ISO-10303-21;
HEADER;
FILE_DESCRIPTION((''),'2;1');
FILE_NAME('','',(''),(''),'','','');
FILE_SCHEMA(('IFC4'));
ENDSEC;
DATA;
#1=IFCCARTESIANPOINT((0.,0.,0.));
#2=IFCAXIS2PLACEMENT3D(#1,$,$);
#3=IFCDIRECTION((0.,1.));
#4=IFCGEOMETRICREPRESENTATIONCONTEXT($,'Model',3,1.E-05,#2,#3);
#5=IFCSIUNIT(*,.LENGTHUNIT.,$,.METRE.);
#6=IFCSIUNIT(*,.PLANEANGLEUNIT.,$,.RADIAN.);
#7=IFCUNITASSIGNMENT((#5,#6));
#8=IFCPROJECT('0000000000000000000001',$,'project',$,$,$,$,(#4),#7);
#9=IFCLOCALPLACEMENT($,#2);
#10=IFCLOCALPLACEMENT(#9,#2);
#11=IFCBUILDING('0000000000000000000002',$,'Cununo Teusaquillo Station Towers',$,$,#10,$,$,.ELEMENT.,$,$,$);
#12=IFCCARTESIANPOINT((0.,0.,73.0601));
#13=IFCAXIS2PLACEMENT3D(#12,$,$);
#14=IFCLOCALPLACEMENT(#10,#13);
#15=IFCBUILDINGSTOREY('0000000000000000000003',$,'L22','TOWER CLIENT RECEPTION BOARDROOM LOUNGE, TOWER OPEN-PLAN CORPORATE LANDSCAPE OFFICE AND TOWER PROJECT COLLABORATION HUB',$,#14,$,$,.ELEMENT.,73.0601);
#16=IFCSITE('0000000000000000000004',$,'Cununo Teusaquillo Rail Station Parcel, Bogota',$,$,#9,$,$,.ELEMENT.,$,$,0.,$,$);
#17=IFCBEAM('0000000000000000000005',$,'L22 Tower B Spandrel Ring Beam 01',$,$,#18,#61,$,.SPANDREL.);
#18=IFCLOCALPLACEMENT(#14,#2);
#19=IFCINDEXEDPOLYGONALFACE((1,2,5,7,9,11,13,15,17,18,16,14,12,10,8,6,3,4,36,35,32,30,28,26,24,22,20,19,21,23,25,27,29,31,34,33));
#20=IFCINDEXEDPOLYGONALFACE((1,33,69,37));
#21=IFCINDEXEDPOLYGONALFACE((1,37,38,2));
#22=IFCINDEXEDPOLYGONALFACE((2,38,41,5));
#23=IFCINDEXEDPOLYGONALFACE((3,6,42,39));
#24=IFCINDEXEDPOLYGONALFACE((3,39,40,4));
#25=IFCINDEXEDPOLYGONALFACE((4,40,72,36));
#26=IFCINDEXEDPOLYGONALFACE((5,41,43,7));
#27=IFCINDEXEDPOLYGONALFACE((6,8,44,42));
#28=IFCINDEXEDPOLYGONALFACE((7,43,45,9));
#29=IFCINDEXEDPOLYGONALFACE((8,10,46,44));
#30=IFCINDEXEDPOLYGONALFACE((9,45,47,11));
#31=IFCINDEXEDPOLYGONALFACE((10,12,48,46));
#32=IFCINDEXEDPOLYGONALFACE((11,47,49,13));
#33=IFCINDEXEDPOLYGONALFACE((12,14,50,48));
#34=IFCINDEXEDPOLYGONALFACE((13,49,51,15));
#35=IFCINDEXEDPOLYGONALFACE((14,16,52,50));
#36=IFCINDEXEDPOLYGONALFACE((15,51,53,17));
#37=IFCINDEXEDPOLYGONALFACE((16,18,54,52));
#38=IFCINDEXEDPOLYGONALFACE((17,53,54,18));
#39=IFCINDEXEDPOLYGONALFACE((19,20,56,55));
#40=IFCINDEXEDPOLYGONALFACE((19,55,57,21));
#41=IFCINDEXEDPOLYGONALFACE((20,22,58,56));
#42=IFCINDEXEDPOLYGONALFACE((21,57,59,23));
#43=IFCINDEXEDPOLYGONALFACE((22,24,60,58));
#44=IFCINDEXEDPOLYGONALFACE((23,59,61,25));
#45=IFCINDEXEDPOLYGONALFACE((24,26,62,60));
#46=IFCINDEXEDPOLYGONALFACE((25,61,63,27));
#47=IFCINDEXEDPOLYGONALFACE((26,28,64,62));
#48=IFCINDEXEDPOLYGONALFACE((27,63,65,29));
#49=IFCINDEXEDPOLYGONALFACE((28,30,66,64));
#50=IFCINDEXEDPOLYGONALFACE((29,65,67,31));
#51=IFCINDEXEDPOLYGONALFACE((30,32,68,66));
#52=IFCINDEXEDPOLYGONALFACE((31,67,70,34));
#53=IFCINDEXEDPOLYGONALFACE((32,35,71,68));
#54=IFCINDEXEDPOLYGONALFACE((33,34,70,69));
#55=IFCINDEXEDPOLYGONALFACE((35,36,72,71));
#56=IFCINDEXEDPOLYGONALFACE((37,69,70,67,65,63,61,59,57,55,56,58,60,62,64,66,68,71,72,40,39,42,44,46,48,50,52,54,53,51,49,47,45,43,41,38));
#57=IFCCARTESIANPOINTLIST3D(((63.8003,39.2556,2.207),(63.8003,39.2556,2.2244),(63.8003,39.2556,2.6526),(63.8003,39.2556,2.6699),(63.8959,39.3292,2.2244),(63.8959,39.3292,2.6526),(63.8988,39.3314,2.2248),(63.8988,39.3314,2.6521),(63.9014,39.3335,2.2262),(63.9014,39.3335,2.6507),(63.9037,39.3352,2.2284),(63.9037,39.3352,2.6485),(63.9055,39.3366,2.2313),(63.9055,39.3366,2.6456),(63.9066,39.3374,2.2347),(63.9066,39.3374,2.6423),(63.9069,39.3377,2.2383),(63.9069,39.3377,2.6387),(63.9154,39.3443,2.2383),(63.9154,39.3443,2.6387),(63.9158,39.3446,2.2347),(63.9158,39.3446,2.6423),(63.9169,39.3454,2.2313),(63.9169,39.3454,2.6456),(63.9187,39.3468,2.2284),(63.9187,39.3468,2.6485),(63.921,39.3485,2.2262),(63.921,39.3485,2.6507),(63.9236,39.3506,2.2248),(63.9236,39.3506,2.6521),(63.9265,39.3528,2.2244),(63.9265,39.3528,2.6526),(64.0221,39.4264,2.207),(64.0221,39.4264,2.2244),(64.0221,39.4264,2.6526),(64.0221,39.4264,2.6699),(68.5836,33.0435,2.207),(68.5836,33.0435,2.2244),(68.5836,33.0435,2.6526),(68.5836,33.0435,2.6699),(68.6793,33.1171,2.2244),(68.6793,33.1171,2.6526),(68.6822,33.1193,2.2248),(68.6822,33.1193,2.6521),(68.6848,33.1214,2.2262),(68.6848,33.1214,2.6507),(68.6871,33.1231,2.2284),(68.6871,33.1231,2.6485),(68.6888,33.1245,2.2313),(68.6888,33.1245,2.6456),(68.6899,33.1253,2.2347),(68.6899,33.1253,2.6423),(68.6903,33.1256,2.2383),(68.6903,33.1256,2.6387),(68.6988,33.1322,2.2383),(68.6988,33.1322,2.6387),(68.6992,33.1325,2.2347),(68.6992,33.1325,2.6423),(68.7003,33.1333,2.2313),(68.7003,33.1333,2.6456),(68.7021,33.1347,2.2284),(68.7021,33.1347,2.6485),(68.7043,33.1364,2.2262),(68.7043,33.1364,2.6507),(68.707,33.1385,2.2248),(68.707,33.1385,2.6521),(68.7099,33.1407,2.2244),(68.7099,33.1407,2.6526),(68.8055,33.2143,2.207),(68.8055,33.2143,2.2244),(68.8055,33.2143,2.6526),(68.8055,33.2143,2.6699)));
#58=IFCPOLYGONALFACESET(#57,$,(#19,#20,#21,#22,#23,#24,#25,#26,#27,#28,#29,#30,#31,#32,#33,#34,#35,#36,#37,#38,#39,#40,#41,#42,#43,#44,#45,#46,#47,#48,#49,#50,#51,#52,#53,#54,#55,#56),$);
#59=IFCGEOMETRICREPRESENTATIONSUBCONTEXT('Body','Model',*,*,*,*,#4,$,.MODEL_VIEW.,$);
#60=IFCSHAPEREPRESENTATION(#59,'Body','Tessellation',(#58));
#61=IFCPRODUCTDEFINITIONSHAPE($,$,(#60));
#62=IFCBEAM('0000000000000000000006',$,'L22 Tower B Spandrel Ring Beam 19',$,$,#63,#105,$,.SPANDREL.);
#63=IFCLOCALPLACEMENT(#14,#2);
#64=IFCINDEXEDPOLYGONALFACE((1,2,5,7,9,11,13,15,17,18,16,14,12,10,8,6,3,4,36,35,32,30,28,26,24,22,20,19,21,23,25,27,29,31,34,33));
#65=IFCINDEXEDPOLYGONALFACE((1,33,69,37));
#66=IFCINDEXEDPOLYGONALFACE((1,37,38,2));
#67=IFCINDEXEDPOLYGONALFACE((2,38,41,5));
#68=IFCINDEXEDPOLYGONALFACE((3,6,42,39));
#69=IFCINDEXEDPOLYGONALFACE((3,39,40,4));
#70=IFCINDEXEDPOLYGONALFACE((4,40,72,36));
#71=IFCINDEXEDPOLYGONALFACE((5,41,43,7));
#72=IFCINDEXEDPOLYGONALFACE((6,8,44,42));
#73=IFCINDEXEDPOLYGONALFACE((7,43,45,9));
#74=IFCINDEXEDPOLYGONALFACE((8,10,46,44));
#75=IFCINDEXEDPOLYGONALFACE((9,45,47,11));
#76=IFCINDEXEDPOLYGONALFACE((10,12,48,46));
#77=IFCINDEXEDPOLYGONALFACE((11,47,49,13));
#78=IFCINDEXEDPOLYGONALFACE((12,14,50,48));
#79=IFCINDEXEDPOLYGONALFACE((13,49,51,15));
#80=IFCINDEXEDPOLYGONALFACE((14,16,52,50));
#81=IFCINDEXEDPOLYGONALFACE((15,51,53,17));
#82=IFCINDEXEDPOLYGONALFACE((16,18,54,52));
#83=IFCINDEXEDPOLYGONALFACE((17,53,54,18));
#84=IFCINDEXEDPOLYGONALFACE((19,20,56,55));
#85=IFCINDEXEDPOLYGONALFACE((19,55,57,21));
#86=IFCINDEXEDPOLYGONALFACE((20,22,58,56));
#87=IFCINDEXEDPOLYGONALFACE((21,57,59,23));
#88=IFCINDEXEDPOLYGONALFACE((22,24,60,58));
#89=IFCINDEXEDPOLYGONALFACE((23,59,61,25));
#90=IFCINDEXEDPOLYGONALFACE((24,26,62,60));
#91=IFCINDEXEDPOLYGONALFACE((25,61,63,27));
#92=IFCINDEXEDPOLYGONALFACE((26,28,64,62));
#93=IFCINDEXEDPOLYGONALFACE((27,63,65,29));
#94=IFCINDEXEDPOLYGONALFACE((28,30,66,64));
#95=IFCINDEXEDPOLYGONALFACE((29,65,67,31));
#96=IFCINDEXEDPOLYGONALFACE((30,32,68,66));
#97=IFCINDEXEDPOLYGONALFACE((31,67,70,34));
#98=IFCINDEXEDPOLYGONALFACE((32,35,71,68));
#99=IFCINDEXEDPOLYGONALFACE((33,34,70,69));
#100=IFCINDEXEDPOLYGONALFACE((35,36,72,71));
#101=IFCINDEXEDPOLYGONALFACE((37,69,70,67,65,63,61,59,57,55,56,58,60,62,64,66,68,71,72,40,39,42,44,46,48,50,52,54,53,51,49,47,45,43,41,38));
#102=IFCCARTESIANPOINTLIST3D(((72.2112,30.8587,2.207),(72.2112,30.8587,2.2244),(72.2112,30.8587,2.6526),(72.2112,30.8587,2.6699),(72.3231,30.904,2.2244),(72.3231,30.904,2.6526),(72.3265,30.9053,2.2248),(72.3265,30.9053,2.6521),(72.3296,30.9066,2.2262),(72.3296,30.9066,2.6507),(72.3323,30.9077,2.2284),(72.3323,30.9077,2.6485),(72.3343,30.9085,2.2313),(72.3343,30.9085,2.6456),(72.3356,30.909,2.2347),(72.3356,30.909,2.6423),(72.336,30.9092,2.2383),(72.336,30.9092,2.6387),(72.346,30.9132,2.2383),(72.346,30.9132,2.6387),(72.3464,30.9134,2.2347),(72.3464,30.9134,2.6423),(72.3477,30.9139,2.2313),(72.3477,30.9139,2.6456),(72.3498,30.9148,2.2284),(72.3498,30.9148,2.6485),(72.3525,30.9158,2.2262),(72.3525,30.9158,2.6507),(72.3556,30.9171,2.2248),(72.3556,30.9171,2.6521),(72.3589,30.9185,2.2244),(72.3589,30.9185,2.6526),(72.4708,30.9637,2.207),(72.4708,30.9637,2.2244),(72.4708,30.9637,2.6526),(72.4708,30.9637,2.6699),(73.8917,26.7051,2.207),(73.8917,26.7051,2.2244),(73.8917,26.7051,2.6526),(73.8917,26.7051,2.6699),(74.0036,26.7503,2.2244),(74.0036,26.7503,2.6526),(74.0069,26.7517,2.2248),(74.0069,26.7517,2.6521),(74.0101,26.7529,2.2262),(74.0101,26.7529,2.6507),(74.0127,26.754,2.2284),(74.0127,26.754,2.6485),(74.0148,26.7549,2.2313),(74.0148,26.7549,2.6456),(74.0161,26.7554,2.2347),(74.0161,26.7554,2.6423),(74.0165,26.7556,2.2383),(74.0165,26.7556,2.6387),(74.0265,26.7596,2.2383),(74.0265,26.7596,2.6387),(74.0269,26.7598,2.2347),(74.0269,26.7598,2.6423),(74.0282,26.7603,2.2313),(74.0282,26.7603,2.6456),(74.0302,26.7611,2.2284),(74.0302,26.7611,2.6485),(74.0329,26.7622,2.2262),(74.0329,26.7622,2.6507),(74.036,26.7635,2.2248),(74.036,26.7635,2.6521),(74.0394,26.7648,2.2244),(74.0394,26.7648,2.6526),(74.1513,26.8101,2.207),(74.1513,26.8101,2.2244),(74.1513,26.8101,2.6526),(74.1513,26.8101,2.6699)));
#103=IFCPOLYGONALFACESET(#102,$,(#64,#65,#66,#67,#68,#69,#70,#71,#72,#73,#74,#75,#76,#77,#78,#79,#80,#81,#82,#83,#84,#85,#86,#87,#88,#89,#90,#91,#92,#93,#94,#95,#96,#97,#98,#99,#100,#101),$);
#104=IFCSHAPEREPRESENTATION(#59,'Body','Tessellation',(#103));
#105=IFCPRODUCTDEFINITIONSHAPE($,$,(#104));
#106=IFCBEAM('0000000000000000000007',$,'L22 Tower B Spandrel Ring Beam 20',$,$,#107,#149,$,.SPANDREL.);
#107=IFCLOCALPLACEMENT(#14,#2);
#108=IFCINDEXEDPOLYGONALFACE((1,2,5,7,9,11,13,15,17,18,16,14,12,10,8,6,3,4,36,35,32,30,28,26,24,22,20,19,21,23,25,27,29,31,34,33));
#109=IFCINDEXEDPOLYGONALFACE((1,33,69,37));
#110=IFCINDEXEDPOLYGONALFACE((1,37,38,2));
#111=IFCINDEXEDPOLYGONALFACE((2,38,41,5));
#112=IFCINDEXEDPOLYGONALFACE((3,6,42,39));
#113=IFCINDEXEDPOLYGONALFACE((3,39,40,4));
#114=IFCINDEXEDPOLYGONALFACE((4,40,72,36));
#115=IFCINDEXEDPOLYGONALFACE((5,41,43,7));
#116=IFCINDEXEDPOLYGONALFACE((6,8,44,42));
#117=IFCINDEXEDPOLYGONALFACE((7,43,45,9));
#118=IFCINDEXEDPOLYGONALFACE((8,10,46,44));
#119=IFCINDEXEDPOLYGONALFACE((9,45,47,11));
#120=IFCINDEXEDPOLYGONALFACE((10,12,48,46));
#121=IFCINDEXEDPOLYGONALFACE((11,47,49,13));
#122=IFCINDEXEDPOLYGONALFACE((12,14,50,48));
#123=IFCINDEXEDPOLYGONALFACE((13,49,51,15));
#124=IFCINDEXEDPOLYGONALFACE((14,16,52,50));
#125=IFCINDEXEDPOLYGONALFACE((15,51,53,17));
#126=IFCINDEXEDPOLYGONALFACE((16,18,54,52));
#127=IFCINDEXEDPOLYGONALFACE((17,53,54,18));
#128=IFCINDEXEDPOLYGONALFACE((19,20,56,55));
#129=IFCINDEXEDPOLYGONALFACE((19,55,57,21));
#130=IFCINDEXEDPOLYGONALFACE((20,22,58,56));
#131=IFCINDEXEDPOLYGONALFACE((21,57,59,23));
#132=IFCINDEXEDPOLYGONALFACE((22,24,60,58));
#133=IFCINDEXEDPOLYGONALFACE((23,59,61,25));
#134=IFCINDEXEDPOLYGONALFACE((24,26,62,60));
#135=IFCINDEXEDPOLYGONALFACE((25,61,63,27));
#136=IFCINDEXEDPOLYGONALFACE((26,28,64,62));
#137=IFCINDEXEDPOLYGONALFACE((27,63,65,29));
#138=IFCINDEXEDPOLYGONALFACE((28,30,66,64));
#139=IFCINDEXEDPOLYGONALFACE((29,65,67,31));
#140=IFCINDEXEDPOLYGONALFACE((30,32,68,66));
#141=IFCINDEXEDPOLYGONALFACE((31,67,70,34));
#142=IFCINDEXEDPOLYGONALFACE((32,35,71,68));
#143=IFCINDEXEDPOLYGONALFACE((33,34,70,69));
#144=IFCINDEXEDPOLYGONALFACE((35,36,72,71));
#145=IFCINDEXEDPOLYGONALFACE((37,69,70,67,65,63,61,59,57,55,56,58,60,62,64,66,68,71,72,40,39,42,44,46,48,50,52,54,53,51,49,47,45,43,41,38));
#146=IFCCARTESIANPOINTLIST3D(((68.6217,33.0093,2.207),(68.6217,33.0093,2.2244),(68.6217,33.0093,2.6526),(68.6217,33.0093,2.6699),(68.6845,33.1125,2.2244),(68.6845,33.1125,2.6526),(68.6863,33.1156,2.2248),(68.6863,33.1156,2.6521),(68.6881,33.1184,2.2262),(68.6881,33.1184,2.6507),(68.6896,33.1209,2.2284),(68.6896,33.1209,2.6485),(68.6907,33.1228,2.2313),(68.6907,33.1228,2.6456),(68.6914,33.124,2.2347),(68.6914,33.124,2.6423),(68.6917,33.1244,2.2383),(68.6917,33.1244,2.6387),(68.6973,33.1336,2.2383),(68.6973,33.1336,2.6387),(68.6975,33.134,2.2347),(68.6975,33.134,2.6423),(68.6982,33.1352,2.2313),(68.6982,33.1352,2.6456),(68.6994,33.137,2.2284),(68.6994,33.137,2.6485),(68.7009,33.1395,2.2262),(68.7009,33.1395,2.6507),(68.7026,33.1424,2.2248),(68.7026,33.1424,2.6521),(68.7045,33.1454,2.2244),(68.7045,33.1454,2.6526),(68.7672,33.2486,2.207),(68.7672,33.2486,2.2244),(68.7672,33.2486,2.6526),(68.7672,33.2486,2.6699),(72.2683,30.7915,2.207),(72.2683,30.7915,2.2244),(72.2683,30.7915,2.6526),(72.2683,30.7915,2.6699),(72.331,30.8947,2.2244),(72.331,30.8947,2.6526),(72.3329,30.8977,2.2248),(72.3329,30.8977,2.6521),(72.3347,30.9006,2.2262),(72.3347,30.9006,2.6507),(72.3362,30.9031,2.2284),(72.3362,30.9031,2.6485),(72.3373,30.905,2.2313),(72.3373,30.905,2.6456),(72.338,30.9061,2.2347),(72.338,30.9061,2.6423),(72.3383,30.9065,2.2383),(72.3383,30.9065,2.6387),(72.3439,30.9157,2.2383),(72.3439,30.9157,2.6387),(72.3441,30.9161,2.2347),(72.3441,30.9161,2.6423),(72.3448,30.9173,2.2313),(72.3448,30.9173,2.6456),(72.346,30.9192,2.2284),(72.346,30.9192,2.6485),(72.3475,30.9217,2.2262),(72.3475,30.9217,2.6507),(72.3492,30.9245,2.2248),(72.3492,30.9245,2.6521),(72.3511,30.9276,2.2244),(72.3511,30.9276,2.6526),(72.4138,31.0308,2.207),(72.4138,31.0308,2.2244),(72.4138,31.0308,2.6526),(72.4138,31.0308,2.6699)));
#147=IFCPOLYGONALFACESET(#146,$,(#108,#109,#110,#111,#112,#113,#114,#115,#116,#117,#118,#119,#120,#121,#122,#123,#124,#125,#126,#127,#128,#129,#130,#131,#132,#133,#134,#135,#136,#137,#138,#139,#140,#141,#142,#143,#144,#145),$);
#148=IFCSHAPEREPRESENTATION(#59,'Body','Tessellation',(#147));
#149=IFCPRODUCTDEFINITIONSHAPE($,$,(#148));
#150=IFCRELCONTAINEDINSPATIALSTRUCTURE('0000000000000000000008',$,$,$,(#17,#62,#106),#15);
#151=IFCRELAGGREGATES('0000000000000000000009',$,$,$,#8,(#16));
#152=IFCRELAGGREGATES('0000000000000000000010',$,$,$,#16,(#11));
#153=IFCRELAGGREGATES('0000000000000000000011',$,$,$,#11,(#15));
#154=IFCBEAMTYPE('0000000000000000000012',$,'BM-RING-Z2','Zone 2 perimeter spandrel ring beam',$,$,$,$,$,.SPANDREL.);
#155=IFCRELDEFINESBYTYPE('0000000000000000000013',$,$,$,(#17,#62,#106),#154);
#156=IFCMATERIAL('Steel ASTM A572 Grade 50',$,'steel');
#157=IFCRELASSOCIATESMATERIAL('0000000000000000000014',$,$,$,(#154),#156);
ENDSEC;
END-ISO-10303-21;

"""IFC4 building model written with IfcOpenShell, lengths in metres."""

from ifc_helpers import new_model, si_unit, direction, frame, origin, origin_2d, place, context, subcontext, project, spatial, i_section, extrude, material, material_profile, profile_set, type_object, element, save


model = new_model("IFC4")

# Units and contexts
model_context = context("Model", 3, precision=1e-05, world=origin(), true_north=direction((0.0, 1.0)))
body_context = subcontext(model_context, "Body", "Model", "MODEL_VIEW")
ifc_project = project(units=[si_unit("LENGTHUNIT", "METRE"), si_unit("PLANEANGLEUNIT", "RADIAN")], contexts=[model_context])

# Site, building, storey
site_placement = place(None, origin())
site = spatial("IfcSite", under=ifc_project, at=site_placement, Name="Cununo Teusaquillo Rail Station Parcel, Bogota", CompositionType="ELEMENT", RefElevation=0.0)
building_placement = place(site_placement, origin())
building = spatial("IfcBuilding", under=site, at=building_placement, Name="Cununo Teusaquillo Station Towers", CompositionType="ELEMENT")
storey_placement = place(building_placement, frame((0.0, 0.0, 73.0601)))
storey = spatial("IfcBuildingStorey", under=building, at=storey_placement, Name="L22", Description="TOWER CLIENT RECEPTION BOARDROOM LOUNGE, TOWER OPEN-PLAN CORPORATE LANDSCAPE OFFICE AND TOWER PROJECT COLLABORATION HUB", CompositionType="ELEMENT", Elevation=73.0601)

# Beams
ifc_material_1 = material(Name="Steel ASTM A572 Grade 50", Category="steel")
ifc_material_profile_1 = material_profile(ifc_material_1, i_section(OverallWidth=0.28, OverallDepth=0.4629, WebThickness=0.0107, FlangeThickness=0.0173, FilletRadius=0.0139, at=origin_2d()), Name="W18X76")
ifc_profile_set_1 = profile_set([ifc_material_profile_1], Name="Steel ASTM A572 Grade 50")
beam_type = type_object("IfcBeamType", Name="BM-RING-Z2", Description="Zone 2 perimeter spandrel ring beam", PredefinedType="SPANDREL", material=ifc_profile_set_1)
beam_1_placement = place(storey_placement, frame((68.6946, 33.1289, 2.4385), z_axis=(-0.6101, 0.792324, 0.0), x_axis=(-0.792324, -0.6101, 0.0)))
element("IfcBeam", 1, at=beam_1_placement, inside=storey, type_object=beam_type, Name="L22 Tower B Spandrel Ring Beam 01", PredefinedType="SPANDREL", context=body_context, shape_type="SweptSolid", body=[
    extrude(i_section(OverallWidth=0.28, OverallDepth=0.4629, WebThickness=0.0107, FlangeThickness=0.0173, FilletRadius=0.0139, at=origin_2d()), origin(), (0.0, 0.0, 1.0), 7.8403),
])
beam_2_placement = place(storey_placement, frame((74.0215, 26.7576, 2.4385), z_axis=(-0.375042, 0.927008, 0.0), x_axis=(-0.927008, -0.375042, 0.0)))
element("IfcBeam", 2, at=beam_2_placement, inside=storey, type_object=beam_type, Name="L22 Tower B Spandrel Ring Beam 19", PredefinedType="SPANDREL", context=body_context, shape_type="SweptSolid", body=[
    extrude(i_section(OverallWidth=0.28, OverallDepth=0.4629, WebThickness=0.0107, FlangeThickness=0.0173, FilletRadius=0.0139, at=origin_2d()), origin(), (0.0, 0.0, 1.0), 4.4807),
])
beam_3_placement = place(storey_placement, frame((72.3411, 30.9111, 2.4385), z_axis=(-0.854388, 0.519635, 0.0), x_axis=(-0.519635, -0.854388, 0.0)))
element("IfcBeam", 3, at=beam_3_placement, inside=storey, type_object=beam_type, Name="L22 Tower B Spandrel Ring Beam 20", PredefinedType="SPANDREL", context=body_context, shape_type="SweptSolid", body=[
    extrude(i_section(OverallWidth=0.28, OverallDepth=0.4629, WebThickness=0.0107, FlangeThickness=0.0173, FilletRadius=0.0139, at=origin_2d()), origin(), (0.0, 0.0, 1.0), 4.2681),
])

save(model, "model.ifc")
